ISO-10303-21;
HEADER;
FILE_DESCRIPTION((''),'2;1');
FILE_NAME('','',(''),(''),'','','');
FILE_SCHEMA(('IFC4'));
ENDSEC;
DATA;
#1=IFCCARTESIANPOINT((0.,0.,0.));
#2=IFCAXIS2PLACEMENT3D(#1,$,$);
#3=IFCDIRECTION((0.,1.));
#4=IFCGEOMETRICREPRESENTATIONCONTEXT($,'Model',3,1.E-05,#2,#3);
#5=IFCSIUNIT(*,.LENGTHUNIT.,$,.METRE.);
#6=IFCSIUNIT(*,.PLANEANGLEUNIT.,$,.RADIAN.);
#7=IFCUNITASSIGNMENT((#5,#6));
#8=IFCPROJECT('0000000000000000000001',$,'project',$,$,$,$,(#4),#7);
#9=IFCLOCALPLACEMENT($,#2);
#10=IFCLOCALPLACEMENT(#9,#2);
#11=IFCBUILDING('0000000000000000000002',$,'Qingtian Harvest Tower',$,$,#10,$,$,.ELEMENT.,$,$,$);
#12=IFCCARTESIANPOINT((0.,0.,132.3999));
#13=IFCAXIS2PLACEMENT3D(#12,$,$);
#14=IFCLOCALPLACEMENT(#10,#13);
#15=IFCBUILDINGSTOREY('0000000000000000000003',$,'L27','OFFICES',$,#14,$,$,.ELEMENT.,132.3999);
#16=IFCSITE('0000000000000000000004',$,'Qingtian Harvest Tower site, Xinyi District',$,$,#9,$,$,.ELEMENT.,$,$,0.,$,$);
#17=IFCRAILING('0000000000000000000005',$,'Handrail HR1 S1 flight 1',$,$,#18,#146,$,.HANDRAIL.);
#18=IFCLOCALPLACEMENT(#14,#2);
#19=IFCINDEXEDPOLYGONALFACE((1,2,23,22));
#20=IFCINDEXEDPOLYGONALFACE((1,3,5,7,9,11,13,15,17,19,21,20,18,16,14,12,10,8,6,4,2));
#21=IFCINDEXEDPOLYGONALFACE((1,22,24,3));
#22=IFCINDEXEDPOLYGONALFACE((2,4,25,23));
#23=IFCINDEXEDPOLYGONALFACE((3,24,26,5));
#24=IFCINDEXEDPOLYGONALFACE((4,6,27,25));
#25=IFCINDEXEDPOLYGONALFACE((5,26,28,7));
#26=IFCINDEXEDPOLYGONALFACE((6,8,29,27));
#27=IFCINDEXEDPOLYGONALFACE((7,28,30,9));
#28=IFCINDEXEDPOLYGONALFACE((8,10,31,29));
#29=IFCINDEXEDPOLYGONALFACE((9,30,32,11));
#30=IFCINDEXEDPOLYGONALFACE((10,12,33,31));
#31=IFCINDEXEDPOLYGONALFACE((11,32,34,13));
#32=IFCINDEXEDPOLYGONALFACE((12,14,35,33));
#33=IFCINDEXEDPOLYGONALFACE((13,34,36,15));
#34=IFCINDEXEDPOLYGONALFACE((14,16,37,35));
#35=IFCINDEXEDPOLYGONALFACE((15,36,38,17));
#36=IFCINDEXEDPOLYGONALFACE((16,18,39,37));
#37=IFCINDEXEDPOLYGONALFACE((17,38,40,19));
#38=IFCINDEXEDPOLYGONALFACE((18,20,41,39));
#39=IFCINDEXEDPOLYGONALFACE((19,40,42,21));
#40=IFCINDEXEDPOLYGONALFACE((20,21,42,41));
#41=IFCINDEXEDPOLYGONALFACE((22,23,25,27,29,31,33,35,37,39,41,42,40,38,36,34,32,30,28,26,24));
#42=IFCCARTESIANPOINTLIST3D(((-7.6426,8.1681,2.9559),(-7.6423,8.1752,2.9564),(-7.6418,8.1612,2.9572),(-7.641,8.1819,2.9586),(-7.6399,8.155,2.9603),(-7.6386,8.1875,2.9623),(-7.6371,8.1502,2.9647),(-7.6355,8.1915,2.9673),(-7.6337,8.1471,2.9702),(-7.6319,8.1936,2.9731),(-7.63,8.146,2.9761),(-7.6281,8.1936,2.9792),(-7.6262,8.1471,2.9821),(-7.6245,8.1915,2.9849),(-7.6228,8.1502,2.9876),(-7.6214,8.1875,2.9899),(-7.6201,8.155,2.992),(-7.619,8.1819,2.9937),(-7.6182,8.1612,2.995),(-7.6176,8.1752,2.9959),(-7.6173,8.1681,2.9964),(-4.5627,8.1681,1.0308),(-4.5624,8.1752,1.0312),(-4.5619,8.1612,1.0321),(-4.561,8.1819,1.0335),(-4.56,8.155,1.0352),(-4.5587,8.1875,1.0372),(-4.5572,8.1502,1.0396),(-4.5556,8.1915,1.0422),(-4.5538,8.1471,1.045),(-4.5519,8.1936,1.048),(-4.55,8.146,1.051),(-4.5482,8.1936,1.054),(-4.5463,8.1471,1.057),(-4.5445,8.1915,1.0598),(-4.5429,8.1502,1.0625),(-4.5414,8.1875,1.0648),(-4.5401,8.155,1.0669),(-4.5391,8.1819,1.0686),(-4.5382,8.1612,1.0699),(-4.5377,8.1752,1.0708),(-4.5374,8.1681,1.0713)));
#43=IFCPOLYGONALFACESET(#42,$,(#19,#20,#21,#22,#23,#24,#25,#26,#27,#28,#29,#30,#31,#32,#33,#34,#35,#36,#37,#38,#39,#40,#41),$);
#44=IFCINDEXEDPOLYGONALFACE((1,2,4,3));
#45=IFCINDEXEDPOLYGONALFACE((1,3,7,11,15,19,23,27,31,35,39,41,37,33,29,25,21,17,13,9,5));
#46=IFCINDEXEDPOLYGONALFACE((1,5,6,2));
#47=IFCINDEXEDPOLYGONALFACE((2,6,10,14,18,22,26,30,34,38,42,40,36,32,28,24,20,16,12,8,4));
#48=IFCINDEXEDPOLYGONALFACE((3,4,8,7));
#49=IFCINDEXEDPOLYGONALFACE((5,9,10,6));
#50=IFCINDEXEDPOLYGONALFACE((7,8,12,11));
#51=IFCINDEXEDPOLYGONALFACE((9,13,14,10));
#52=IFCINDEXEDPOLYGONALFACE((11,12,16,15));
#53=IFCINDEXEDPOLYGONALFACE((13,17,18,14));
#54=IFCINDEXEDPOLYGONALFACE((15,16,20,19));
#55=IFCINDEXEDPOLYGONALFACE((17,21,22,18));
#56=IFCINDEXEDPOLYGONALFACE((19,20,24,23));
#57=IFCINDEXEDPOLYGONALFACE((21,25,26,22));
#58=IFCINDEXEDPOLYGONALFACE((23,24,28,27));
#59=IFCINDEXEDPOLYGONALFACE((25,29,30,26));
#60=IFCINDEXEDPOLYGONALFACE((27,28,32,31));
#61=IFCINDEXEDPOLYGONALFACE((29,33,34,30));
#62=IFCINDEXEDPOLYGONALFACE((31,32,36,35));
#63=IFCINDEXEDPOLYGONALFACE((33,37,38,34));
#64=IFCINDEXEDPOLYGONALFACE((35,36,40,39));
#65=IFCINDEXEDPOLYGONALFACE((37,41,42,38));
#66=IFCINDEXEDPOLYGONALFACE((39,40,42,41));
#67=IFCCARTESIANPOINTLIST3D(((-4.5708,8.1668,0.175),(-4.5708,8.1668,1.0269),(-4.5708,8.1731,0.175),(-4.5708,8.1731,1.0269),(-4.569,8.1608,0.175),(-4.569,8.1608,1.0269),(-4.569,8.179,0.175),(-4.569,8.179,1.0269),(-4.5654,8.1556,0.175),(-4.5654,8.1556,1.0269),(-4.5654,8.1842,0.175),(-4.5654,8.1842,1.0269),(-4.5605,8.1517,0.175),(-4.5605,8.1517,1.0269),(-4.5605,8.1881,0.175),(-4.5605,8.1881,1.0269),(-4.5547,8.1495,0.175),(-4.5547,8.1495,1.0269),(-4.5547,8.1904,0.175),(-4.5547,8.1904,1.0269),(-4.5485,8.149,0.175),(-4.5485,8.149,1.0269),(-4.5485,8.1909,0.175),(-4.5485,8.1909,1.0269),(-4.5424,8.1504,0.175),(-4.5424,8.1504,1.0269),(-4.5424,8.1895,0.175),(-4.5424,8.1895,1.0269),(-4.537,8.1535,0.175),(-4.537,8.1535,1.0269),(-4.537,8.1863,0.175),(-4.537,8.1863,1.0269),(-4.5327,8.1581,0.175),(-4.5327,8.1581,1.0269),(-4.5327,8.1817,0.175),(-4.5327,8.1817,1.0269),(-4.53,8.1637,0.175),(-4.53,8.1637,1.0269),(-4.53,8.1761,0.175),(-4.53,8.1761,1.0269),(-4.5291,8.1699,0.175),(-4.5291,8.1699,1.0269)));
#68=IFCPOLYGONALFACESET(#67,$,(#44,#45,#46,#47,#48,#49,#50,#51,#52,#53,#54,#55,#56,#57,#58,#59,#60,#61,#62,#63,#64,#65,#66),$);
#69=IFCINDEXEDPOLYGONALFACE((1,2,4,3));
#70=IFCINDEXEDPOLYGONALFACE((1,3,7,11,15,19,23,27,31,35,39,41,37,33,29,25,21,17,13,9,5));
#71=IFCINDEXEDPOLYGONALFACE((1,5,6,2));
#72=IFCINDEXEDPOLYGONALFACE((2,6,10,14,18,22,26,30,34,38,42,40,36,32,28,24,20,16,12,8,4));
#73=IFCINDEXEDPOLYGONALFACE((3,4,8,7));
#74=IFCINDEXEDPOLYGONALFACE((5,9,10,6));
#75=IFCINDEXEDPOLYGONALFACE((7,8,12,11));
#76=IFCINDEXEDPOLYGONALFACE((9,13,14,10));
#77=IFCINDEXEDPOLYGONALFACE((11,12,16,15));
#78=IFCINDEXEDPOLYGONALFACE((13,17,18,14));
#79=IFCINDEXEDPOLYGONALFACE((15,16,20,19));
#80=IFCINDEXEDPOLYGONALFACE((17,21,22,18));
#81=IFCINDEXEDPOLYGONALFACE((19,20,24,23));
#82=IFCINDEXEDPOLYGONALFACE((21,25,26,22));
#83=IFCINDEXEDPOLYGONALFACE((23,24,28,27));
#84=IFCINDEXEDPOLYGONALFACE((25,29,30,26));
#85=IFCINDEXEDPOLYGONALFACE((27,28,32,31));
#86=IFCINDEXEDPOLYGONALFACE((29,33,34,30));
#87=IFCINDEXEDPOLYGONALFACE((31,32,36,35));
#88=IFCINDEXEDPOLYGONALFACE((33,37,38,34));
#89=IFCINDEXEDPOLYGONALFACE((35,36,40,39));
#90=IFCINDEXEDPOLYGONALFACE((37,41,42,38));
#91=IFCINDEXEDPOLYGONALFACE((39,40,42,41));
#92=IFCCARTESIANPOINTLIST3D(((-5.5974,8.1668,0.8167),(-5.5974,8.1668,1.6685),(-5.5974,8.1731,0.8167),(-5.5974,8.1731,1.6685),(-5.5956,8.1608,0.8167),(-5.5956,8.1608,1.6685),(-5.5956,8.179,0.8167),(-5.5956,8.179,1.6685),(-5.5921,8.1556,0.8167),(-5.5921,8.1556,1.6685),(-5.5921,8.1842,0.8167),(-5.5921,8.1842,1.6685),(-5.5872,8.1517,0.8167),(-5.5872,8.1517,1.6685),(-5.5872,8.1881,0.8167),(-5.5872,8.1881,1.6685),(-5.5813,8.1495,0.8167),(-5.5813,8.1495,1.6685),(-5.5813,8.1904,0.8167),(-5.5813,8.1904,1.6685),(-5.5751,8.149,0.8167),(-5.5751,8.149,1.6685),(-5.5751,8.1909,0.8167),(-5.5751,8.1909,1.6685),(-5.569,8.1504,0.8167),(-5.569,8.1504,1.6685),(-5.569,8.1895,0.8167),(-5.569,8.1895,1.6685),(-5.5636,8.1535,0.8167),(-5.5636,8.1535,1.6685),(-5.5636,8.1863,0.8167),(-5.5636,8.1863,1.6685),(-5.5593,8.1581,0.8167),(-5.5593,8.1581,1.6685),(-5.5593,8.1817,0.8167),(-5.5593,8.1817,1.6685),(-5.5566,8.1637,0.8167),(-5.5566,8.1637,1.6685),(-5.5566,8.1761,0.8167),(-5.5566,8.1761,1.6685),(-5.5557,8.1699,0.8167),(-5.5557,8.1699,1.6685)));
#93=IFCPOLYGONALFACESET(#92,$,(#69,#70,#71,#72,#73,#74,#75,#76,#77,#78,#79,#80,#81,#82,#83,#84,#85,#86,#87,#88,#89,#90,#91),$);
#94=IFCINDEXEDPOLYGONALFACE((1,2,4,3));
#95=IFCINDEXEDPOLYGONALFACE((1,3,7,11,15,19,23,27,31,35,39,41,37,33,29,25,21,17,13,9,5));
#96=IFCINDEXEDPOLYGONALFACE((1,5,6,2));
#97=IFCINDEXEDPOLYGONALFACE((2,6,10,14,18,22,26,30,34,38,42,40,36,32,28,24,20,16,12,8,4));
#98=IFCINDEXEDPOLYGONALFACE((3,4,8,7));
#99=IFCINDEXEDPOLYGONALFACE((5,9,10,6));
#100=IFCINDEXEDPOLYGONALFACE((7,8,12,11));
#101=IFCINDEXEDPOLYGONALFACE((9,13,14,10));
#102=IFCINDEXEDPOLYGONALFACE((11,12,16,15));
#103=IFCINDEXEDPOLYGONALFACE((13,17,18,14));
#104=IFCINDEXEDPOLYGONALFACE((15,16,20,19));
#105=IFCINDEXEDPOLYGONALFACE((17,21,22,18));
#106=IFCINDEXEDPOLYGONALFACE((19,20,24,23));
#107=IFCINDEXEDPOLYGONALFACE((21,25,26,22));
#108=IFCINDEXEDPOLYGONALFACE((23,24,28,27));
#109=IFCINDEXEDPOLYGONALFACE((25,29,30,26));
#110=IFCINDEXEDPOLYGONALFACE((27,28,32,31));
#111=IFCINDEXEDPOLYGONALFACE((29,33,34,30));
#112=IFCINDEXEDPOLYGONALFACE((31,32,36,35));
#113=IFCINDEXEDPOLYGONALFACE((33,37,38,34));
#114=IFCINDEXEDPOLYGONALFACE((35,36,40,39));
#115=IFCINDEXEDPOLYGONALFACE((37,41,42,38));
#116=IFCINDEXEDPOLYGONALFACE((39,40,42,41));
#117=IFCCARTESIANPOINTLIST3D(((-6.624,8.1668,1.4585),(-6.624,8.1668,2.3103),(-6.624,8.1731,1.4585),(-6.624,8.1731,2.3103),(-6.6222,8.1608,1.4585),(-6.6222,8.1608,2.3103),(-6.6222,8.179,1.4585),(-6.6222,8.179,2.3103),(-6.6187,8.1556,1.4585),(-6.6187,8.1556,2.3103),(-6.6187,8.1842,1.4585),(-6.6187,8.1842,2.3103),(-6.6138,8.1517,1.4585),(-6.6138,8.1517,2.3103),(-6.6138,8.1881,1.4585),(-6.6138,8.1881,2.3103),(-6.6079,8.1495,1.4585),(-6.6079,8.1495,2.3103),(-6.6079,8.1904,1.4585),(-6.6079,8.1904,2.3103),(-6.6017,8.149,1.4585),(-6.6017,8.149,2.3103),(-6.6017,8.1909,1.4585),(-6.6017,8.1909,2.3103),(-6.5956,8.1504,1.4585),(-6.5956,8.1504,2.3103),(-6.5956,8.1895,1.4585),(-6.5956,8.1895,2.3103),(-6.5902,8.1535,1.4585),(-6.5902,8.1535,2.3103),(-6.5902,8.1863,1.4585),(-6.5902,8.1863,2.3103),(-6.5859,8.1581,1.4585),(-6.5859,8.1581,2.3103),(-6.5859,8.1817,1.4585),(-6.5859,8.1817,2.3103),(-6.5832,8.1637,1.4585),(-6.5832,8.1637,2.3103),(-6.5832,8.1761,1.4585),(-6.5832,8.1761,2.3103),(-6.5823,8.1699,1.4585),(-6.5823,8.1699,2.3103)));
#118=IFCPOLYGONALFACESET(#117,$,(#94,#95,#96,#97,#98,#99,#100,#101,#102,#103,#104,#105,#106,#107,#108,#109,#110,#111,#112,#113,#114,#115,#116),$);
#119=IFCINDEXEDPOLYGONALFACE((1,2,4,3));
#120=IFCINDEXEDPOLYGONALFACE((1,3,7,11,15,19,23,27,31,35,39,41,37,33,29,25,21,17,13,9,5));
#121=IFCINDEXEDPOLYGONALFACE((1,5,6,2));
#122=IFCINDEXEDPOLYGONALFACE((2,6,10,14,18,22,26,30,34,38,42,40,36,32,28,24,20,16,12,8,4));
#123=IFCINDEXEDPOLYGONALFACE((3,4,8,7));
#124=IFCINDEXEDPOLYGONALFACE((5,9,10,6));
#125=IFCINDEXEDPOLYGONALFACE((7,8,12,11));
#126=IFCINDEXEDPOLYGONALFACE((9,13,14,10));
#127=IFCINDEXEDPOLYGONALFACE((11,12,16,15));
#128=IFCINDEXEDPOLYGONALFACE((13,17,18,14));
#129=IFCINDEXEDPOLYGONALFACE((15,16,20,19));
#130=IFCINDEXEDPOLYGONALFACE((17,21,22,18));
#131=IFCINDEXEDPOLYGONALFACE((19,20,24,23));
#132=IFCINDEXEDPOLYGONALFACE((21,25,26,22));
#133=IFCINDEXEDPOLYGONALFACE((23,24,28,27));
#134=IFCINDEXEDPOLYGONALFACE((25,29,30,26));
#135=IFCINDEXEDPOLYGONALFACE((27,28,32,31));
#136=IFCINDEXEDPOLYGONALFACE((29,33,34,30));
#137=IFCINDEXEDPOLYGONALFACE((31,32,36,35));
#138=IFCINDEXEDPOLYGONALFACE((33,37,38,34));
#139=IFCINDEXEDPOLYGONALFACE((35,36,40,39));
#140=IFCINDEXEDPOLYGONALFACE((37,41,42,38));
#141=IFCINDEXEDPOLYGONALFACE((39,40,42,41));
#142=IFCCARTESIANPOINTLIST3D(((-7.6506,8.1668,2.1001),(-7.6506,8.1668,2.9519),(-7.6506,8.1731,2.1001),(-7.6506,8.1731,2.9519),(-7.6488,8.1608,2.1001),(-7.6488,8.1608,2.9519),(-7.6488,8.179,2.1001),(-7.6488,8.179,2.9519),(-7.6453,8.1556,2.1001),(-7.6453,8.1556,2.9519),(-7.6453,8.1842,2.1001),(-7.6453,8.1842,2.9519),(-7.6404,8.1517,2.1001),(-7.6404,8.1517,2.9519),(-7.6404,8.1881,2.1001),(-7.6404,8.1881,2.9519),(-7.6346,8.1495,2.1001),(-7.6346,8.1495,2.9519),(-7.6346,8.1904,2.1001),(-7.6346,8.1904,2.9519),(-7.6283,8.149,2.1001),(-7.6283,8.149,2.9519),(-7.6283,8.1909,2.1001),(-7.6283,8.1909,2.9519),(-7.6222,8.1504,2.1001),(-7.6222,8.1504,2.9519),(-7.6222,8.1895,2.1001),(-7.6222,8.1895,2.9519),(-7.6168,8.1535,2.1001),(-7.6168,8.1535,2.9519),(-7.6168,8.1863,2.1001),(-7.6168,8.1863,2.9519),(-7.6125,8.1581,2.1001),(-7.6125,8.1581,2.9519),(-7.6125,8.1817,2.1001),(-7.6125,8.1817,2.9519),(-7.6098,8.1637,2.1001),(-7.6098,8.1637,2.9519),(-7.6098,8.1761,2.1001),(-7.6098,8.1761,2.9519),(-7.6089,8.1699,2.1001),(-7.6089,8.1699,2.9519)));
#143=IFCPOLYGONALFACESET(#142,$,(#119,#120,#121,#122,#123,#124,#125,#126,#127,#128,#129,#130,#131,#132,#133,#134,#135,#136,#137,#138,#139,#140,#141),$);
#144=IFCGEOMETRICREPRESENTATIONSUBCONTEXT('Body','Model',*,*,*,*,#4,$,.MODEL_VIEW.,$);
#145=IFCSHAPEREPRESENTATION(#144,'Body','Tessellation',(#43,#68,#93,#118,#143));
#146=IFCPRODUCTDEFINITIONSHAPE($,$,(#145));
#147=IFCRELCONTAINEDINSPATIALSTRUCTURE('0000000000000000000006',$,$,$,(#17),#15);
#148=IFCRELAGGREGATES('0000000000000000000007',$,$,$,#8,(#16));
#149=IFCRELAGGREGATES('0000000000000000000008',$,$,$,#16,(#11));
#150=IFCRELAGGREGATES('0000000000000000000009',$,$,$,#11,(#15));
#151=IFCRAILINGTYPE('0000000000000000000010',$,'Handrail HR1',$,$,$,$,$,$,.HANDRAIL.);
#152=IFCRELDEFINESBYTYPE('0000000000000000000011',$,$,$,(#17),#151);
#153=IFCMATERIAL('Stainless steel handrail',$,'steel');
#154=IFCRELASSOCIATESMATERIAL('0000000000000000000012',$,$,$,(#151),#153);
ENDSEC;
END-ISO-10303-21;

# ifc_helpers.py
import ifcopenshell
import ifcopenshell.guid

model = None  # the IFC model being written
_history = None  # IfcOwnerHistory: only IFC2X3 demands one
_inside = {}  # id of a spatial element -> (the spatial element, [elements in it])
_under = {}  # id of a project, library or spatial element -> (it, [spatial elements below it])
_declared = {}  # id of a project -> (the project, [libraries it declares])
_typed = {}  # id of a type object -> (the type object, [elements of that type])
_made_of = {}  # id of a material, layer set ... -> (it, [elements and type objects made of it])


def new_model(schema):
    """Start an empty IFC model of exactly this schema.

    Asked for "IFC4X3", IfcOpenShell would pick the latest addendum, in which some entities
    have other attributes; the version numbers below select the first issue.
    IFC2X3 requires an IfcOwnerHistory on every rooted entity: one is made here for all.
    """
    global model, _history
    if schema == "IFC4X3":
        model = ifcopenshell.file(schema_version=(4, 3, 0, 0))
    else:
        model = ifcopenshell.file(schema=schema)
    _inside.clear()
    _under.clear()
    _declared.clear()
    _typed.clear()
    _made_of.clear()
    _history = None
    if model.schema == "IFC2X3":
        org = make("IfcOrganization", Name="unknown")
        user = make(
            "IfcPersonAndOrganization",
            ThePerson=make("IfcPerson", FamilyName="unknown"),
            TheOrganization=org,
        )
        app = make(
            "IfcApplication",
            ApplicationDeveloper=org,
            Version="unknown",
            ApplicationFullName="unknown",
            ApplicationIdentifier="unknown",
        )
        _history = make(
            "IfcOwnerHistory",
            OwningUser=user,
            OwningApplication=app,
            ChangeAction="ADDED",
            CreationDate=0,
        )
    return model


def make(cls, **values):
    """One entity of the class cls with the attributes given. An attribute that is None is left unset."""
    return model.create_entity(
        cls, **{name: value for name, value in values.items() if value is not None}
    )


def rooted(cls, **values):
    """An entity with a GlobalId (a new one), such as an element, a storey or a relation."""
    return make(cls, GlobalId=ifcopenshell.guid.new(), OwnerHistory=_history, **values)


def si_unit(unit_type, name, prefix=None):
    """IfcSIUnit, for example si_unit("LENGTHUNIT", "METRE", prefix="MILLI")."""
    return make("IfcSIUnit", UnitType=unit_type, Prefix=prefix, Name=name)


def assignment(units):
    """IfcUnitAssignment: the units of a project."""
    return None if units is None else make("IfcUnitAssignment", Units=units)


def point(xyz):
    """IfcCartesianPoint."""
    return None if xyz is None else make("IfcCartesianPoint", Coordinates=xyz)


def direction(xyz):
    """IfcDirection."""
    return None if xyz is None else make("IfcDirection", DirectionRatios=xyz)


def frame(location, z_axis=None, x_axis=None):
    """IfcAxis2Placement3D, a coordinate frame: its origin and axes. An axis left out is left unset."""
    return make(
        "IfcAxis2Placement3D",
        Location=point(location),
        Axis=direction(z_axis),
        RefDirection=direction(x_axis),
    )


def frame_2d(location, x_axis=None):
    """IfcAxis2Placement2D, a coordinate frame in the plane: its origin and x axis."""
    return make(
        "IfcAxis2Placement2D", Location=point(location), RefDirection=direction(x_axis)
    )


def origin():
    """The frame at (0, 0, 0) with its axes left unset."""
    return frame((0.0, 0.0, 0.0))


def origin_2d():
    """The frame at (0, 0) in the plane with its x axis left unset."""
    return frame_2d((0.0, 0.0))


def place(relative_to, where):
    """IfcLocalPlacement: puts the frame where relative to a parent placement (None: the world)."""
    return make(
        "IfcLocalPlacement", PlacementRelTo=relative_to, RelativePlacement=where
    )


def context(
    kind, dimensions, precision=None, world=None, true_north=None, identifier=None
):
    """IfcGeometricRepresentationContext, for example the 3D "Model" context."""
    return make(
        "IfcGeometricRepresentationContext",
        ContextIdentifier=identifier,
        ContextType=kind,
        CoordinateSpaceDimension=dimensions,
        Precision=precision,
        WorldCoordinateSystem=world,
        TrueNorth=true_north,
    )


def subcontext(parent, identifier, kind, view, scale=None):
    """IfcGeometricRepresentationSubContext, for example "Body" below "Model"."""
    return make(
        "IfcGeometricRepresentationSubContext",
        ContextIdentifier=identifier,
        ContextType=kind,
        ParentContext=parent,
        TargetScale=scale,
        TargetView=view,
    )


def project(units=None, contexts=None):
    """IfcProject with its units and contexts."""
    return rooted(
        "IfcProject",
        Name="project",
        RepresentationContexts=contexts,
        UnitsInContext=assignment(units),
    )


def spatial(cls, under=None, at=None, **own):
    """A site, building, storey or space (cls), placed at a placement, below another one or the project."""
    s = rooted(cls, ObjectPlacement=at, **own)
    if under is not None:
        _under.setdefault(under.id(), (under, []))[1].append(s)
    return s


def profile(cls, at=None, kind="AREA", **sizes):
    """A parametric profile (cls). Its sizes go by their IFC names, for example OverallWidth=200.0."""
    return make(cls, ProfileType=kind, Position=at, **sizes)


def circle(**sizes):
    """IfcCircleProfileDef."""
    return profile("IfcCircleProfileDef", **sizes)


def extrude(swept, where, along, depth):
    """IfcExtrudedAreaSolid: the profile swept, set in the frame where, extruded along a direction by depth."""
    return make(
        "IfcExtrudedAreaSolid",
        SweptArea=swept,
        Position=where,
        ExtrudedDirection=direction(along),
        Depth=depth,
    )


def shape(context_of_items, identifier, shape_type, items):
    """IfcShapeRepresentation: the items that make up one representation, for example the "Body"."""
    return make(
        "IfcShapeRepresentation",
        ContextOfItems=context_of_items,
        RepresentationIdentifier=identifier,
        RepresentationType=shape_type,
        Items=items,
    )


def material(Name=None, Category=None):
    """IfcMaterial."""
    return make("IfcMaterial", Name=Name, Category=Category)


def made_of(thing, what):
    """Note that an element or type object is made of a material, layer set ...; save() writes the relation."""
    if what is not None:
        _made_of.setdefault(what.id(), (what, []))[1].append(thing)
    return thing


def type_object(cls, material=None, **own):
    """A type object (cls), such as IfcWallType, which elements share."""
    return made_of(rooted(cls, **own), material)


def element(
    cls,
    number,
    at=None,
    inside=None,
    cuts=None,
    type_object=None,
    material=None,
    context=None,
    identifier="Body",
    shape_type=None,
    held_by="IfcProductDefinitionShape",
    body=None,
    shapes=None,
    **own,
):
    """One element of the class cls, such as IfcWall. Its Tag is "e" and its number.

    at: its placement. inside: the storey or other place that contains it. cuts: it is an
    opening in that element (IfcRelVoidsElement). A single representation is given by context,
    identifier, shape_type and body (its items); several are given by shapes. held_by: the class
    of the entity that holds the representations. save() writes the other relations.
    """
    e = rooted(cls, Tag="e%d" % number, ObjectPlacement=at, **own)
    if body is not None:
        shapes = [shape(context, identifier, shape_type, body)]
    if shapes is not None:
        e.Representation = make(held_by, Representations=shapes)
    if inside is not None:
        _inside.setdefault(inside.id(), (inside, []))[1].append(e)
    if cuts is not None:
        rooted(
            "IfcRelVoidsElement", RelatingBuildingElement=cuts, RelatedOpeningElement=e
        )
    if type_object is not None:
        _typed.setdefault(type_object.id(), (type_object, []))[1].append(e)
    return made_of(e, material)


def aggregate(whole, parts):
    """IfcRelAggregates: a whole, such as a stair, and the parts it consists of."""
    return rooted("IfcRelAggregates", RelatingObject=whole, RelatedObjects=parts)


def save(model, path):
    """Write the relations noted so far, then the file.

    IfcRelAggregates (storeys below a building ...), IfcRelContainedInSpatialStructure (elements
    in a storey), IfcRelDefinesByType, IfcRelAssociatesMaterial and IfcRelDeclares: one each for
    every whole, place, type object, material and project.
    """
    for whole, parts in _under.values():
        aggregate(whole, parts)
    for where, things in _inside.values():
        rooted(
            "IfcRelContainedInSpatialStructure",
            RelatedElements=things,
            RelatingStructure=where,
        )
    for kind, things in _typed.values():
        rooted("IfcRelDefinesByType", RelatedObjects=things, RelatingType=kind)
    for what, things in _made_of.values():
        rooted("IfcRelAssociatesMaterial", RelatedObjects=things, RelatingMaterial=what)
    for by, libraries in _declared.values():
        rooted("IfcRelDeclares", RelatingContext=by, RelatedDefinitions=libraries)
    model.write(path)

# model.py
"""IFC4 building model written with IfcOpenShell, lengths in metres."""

from ifc_helpers import new_model, si_unit, direction, frame, origin, origin_2d, place, context, subcontext, project, spatial, circle, extrude, material, type_object, element, save


model = new_model("IFC4")

# Units and contexts
model_context = context("Model", 3, precision=1e-05, world=origin(), true_north=direction((0.0, 1.0)))
body_context = subcontext(model_context, "Body", "Model", "MODEL_VIEW")
ifc_project = project(units=[si_unit("LENGTHUNIT", "METRE"), si_unit("PLANEANGLEUNIT", "RADIAN")], contexts=[model_context])

# Site, building, storey
site_placement = place(None, origin())
site = spatial("IfcSite", under=ifc_project, at=site_placement, Name="Qingtian Harvest Tower site, Xinyi District", CompositionType="ELEMENT", RefElevation=0.0)
building_placement = place(site_placement, origin())
building = spatial("IfcBuilding", under=site, at=building_placement, Name="Qingtian Harvest Tower", CompositionType="ELEMENT")
storey_placement = place(building_placement, frame((0.0, 0.0, 132.3999)))
storey = spatial("IfcBuildingStorey", under=building, at=storey_placement, Name="L27", Description="OFFICES", CompositionType="ELEMENT", Elevation=132.3999)

# Railing
ifc_material_1 = material(Name="Stainless steel handrail", Category="steel")
railing_type = type_object("IfcRailingType", Name="Handrail HR1", PredefinedType="HANDRAIL", material=ifc_material_1)
railing_placement = place(storey_placement, frame((-4.55, 8.1699, 0.175)))
element("IfcRailing", 1, at=railing_placement, inside=storey, type_object=railing_type, Name="Handrail HR1 S1 flight 1", PredefinedType="HANDRAIL", context=body_context, shape_type="SweptSolid", body=[
    extrude(circle(Radius=0.0239, at=origin_2d()), frame((0.0, 0.0, 0.876), z_axis=(-0.847979, 0.0, 0.530029), x_axis=(0.0, -1.0, 0.0)), (0.0, 0.0, 1.0), 3.6321),
    extrude(circle(Radius=0.021, at=origin_2d()), origin(), (0.0, 0.0, 1.0), 0.8518),
    extrude(circle(Radius=0.021, at=origin_2d()), frame((-1.0266, 0.0, 0.6416)), (0.0, 0.0, 1.0), 0.8518),
    extrude(circle(Radius=0.021, at=origin_2d()), frame((-2.0532, 0.0, 1.2834)), (0.0, 0.0, 1.0), 0.8518),
    extrude(circle(Radius=0.021, at=origin_2d()), frame((-3.0798, 0.0, 1.925)), (0.0, 0.0, 1.0), 0.8518),
])

save(model, "model.ifc")
